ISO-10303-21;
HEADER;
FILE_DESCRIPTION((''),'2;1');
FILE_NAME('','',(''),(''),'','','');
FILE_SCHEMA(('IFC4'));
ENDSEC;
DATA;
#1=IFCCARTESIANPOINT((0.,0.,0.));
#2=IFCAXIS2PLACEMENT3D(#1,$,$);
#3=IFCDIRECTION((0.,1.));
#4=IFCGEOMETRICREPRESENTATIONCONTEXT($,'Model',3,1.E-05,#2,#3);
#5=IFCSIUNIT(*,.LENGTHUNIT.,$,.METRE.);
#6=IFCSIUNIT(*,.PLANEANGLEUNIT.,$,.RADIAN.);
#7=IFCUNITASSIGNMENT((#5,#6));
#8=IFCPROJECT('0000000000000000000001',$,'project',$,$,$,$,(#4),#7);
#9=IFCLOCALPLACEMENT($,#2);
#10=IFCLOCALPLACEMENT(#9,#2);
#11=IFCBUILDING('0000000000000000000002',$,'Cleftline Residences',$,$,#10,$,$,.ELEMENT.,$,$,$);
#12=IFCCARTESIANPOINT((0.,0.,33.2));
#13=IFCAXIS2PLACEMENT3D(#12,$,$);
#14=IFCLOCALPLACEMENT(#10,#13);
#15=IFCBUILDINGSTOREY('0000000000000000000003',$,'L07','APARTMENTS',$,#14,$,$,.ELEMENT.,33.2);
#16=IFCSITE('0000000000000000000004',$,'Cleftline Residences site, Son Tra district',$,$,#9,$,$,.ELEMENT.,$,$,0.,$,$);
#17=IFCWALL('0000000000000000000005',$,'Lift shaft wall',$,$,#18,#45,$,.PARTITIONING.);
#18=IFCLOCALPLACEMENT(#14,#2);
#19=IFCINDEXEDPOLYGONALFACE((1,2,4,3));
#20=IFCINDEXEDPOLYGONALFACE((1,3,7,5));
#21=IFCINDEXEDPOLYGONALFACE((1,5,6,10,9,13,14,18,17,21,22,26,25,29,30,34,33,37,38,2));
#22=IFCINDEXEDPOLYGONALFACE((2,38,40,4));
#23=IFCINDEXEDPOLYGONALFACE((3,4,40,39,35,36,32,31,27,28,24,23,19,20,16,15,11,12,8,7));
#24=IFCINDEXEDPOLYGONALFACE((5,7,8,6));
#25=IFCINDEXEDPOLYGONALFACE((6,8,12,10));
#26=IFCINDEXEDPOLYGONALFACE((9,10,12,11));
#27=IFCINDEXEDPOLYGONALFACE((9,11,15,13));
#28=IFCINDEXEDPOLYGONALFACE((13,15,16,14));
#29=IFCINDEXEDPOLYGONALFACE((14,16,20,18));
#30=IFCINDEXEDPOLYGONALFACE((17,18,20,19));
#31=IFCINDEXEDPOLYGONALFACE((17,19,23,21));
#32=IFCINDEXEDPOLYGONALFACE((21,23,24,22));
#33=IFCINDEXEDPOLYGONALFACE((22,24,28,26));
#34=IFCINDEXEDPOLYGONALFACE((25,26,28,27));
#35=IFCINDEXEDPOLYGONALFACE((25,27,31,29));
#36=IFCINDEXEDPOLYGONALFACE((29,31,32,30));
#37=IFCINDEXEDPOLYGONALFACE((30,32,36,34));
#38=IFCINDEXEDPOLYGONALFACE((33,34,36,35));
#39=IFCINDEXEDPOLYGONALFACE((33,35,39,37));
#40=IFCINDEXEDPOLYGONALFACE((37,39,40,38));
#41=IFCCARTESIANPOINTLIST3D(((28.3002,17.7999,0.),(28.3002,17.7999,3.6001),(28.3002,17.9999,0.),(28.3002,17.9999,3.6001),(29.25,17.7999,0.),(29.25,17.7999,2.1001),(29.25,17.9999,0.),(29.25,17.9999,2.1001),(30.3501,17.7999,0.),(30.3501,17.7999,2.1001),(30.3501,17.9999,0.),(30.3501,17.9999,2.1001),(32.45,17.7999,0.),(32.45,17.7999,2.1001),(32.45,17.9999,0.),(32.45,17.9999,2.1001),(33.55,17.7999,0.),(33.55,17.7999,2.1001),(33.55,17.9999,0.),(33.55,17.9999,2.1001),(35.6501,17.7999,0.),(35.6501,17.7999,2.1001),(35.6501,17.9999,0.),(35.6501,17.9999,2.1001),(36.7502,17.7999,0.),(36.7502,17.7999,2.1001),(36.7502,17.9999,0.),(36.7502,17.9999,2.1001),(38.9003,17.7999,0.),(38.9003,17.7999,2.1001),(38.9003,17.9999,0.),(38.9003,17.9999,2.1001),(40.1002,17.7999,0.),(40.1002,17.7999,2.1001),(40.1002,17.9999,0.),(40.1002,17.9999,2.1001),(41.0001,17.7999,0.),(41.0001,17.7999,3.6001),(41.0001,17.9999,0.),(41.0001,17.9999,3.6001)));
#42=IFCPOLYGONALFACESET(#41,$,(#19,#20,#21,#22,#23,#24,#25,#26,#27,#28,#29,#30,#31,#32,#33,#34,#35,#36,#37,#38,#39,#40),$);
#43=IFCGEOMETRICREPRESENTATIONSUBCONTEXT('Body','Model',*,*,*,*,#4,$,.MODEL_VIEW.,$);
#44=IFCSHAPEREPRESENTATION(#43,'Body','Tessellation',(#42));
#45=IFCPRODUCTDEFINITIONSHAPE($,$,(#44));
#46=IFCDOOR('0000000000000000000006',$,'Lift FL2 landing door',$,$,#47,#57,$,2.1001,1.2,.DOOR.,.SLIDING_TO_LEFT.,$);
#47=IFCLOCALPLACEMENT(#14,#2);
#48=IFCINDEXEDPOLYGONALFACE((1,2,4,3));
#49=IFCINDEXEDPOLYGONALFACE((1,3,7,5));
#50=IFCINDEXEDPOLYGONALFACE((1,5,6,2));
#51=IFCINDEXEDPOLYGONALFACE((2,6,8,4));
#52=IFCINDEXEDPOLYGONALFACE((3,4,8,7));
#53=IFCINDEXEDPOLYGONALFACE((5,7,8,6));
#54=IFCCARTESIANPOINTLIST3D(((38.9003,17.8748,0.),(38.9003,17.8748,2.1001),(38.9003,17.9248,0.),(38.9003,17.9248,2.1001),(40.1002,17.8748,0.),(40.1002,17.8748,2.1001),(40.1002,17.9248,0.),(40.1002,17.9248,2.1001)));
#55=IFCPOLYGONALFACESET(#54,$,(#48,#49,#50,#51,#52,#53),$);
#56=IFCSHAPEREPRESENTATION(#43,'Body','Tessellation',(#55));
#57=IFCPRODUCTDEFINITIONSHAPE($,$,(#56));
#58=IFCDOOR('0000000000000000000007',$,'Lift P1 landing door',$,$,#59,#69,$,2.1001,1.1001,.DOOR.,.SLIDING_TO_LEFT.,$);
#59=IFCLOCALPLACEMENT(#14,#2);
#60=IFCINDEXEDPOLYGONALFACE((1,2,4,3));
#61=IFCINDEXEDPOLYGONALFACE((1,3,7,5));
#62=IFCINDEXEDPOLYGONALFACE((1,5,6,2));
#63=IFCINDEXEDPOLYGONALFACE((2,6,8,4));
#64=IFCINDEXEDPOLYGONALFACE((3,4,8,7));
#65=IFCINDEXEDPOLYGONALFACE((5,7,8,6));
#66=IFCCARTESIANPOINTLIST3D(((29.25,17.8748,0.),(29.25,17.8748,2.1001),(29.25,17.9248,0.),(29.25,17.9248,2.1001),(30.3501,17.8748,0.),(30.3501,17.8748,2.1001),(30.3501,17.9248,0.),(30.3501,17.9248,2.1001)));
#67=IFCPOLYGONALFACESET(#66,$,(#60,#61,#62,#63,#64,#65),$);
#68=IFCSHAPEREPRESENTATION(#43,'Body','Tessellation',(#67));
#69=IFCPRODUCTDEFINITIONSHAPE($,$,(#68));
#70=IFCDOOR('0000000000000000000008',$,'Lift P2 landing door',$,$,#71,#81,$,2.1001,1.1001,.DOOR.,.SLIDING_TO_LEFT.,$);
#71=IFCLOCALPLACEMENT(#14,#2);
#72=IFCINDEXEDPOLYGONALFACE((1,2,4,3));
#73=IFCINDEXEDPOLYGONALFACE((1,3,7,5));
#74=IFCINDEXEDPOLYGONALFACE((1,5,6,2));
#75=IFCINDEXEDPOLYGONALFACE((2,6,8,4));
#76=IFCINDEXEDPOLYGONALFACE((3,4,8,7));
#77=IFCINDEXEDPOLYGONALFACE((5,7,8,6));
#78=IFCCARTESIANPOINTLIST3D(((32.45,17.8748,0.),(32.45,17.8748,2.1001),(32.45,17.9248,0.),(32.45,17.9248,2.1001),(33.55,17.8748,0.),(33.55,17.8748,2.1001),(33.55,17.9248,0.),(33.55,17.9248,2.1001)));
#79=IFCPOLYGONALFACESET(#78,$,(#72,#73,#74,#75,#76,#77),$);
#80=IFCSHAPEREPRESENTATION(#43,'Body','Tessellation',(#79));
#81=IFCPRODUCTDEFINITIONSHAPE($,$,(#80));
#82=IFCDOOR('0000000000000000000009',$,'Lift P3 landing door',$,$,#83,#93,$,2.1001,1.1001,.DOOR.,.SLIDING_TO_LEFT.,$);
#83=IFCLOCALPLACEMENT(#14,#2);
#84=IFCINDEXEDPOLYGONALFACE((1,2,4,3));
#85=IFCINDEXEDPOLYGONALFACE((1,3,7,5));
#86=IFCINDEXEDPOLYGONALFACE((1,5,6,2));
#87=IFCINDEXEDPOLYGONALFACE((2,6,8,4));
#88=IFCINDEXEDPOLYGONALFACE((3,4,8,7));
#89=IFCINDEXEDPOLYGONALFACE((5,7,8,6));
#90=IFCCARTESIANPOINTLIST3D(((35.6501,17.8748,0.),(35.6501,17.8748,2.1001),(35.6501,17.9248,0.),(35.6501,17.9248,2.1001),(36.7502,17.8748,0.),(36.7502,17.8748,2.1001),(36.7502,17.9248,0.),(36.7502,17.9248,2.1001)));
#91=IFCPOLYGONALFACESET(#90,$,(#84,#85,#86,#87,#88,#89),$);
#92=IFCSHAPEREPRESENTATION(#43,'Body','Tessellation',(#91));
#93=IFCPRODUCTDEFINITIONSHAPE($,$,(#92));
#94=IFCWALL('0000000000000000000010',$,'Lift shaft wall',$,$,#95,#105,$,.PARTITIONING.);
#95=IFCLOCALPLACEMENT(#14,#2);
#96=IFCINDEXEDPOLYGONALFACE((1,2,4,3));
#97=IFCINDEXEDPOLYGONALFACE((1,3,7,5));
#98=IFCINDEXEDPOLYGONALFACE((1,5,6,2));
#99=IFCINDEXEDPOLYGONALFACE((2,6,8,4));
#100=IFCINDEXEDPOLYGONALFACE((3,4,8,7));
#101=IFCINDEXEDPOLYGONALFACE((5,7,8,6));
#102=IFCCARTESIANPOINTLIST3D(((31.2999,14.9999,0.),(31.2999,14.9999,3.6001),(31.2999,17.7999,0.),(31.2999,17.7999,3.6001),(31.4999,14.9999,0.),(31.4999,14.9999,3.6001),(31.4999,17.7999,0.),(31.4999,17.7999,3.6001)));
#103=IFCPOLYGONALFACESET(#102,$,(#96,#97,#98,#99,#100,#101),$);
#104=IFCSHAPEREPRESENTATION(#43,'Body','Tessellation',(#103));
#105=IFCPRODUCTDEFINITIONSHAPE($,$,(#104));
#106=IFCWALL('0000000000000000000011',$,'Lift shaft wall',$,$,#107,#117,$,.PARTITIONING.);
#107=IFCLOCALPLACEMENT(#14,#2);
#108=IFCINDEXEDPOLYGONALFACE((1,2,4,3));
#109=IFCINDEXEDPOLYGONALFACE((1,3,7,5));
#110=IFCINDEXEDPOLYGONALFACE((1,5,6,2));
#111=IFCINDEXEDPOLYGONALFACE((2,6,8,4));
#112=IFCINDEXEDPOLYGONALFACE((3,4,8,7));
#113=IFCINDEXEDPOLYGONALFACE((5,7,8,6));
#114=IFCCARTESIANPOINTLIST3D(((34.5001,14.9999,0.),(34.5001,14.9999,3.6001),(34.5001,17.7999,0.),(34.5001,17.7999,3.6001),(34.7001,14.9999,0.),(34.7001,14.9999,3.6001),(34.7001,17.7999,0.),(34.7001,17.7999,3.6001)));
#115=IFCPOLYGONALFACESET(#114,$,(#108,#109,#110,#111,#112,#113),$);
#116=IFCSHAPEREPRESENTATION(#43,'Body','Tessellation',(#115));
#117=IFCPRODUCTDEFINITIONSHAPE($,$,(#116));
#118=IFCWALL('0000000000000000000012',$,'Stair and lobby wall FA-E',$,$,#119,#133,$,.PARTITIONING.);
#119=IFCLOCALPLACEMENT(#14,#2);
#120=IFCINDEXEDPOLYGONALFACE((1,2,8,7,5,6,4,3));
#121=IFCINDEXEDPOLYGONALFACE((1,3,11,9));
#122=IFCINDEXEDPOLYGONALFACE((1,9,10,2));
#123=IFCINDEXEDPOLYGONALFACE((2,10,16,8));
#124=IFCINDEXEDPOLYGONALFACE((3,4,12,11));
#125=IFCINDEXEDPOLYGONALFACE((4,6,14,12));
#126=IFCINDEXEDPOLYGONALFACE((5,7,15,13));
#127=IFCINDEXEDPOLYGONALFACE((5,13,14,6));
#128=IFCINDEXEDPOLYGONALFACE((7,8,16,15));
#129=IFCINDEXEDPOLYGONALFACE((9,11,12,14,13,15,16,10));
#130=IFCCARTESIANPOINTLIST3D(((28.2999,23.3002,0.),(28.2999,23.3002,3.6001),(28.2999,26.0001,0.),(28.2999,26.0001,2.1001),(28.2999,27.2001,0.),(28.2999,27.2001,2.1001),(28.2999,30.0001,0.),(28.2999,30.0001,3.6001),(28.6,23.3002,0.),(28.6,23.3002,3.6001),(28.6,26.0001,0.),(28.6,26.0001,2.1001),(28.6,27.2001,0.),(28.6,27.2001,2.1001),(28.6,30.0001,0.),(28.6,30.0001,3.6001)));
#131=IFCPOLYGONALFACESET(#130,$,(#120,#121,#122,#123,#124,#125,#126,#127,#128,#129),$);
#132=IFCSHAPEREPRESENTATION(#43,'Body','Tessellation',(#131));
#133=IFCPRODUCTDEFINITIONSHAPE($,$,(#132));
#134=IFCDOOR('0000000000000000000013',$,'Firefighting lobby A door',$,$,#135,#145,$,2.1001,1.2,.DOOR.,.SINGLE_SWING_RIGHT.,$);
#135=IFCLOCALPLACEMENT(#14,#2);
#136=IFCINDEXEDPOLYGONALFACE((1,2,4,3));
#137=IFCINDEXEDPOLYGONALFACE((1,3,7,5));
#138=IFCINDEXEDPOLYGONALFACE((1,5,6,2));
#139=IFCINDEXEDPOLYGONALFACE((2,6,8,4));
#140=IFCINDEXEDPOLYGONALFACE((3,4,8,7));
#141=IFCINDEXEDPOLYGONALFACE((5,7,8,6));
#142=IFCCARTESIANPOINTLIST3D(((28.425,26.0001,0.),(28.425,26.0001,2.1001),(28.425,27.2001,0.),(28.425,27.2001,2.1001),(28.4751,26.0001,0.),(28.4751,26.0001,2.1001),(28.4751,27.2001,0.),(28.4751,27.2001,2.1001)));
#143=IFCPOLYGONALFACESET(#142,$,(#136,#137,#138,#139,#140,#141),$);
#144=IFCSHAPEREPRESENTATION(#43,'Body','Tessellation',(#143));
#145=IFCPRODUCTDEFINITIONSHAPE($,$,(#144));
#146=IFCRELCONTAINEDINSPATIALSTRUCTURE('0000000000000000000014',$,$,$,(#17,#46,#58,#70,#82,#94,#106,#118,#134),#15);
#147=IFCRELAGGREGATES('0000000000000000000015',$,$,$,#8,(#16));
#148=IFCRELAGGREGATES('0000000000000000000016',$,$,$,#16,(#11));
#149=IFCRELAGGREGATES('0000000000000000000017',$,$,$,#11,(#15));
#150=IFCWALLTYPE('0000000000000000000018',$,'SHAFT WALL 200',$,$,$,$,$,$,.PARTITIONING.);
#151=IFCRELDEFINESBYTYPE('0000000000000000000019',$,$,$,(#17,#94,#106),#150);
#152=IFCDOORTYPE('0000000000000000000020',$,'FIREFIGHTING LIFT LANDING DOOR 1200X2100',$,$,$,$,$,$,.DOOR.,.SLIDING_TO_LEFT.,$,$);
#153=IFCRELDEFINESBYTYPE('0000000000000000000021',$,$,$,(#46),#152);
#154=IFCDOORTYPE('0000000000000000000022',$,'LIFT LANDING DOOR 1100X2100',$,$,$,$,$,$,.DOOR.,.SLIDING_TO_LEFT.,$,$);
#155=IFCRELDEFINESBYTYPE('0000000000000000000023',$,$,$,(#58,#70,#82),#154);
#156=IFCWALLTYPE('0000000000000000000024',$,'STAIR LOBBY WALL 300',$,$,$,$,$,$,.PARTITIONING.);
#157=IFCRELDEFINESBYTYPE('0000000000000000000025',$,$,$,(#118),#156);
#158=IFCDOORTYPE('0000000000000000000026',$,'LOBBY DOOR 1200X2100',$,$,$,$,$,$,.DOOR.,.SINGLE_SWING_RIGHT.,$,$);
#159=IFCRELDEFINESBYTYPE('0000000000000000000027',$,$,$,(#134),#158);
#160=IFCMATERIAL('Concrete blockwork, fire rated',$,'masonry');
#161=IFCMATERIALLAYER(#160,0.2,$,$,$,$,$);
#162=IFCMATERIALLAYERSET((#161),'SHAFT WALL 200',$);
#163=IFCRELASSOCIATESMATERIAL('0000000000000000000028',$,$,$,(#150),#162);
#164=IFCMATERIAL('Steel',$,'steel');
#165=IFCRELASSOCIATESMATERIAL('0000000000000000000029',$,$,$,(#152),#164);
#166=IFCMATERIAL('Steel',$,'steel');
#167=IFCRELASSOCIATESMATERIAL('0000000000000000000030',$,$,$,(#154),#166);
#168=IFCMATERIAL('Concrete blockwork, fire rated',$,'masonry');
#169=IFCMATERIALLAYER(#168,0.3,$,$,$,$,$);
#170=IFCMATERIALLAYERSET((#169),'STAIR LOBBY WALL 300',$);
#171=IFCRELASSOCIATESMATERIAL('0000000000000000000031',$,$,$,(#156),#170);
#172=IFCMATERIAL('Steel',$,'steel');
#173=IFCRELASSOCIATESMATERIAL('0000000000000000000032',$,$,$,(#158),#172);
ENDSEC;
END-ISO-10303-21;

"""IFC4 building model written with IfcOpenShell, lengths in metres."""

from ifc_helpers import new_model, si_unit, direction, frame, frame_2d, origin, place, context, subcontext, project, spatial, rectangle, extrude, material, layer, layer_set, type_object, element, fill, save


model = new_model("IFC4")

# Units and contexts
model_context = context("Model", 3, precision=1e-05, world=origin(), true_north=direction((0.0, 1.0)))
body_context = subcontext(model_context, "Body", "Model", "MODEL_VIEW")
ifc_project = project(units=[si_unit("LENGTHUNIT", "METRE"), si_unit("PLANEANGLEUNIT", "RADIAN")], contexts=[model_context])

# Site, building, storey
site_placement = place(None, origin())
site = spatial("IfcSite", under=ifc_project, at=site_placement, Name="Cleftline Residences site, Son Tra district", CompositionType="ELEMENT", RefElevation=0.0)
building_placement = place(site_placement, origin())
building = spatial("IfcBuilding", under=site, at=building_placement, Name="Cleftline Residences", CompositionType="ELEMENT")
storey_placement = place(building_placement, frame((0.0, 0.0, 33.2)))
storey = spatial("IfcBuildingStorey", under=building, at=storey_placement, Name="L07", Description="APARTMENTS", CompositionType="ELEMENT", Elevation=33.2)

# Wall, openings, doors
ifc_material_1 = material(Name="Concrete blockwork, fire rated", Category="masonry")
ifc_layer_1 = layer(ifc_material_1, 0.2)
ifc_layer_set_1 = layer_set([ifc_layer_1], Name="SHAFT WALL 200")
wall_type_1 = type_object("IfcWallType", Name="SHAFT WALL 200", PredefinedType="PARTITIONING", material=ifc_layer_set_1)
wall_1_placement = place(storey_placement, frame((28.3, 17.8999, 0.0), z_axis=(0.0, 0.0, 1.0), x_axis=(1.0, 0.0, 0.0)))
wall_1 = element("IfcWall", 1, at=wall_1_placement, inside=storey, type_object=wall_type_1, Name="Lift shaft wall", PredefinedType="PARTITIONING", context=body_context, shape_type="SweptSolid", body=[
    extrude(rectangle(XDim=12.7, YDim=0.2, at=frame_2d((6.3501, 0.0))), origin(), (0.0, 0.0, 1.0), 3.6001),
])
opening_1_placement = place(wall_1_placement, frame((0.95, 0.0, 0.0)))
opening_1 = element("IfcOpeningElement", 2, at=opening_1_placement, cuts=wall_1, PredefinedType="OPENING", context=body_context, shape_type="SweptSolid", body=[
    extrude(rectangle(XDim=1.1001, YDim=2.1001, at=frame_2d((0.55, 1.05))), frame((0.0, 0.1099, 0.0), z_axis=(0.0, -1.0, 0.0), x_axis=(1.0, 0.0, 0.0)), (0.0, 0.0, 1.0), 0.22),
])
opening_2_placement = place(wall_1_placement, frame((4.1499, 0.0, 0.0)))
opening_2 = element("IfcOpeningElement", 3, at=opening_2_placement, cuts=wall_1, PredefinedType="OPENING", context=body_context, shape_type="SweptSolid", body=[
    extrude(rectangle(XDim=1.1001, YDim=2.1001, at=frame_2d((0.55, 1.05))), frame((0.0, 0.1099, 0.0), z_axis=(0.0, -1.0, 0.0), x_axis=(1.0, 0.0, 0.0)), (0.0, 0.0, 1.0), 0.22),
])
opening_3_placement = place(wall_1_placement, frame((7.3501, 0.0, 0.0)))
opening_3 = element("IfcOpeningElement", 4, at=opening_3_placement, cuts=wall_1, PredefinedType="OPENING", context=body_context, shape_type="SweptSolid", body=[
    extrude(rectangle(XDim=1.1001, YDim=2.1001, at=frame_2d((0.55, 1.05))), frame((0.0, 0.1099, 0.0), z_axis=(0.0, -1.0, 0.0), x_axis=(1.0, 0.0, 0.0)), (0.0, 0.0, 1.0), 0.22),
])
opening_4_placement = place(wall_1_placement, frame((10.6001, 0.0, 0.0)))
opening_4 = element("IfcOpeningElement", 5, at=opening_4_placement, cuts=wall_1, PredefinedType="OPENING", context=body_context, shape_type="SweptSolid", body=[
    extrude(rectangle(XDim=1.2, YDim=2.1001, at=frame_2d((0.6001, 1.05))), frame((0.0, 0.1099, 0.0), z_axis=(0.0, -1.0, 0.0), x_axis=(1.0, 0.0, 0.0)), (0.0, 0.0, 1.0), 0.22),
])
ifc_material_2 = material(Name="Steel", Category="steel")
door_type_1 = type_object("IfcDoorType", Name="FIREFIGHTING LIFT LANDING DOOR 1200X2100", OperationType="SLIDING_TO_LEFT", PredefinedType="DOOR", material=ifc_material_2)
door_1_placement = place(opening_4_placement, origin())
door_1 = element("IfcDoor", 6, at=door_1_placement, inside=storey, type_object=door_type_1, Name="Lift FL2 landing door", OperationType="SLIDING_TO_LEFT", OverallHeight=2.1001, OverallWidth=1.2, PredefinedType="DOOR", context=body_context, shape_type="SweptSolid", body=[
    extrude(rectangle(XDim=1.2, YDim=2.1001, at=frame_2d((0.6001, 1.05))), frame((0.0, 0.0249, 0.0), z_axis=(0.0, -1.0, 0.0), x_axis=(1.0, 0.0, 0.0)), (0.0, 0.0, 1.0), 0.05),
])
fill(opening_4, door_1)
ifc_material_3 = material(Name="Steel", Category="steel")
door_type_2 = type_object("IfcDoorType", Name="LIFT LANDING DOOR 1100X2100", OperationType="SLIDING_TO_LEFT", PredefinedType="DOOR", material=ifc_material_3)
door_2_placement = place(opening_1_placement, origin())
door_2 = element("IfcDoor", 7, at=door_2_placement, inside=storey, type_object=door_type_2, Name="Lift P1 landing door", OperationType="SLIDING_TO_LEFT", OverallHeight=2.1001, OverallWidth=1.1001, PredefinedType="DOOR", context=body_context, shape_type="SweptSolid", body=[
    extrude(rectangle(XDim=1.1001, YDim=2.1001, at=frame_2d((0.55, 1.05))), frame((0.0, 0.0249, 0.0), z_axis=(0.0, -1.0, 0.0), x_axis=(1.0, 0.0, 0.0)), (0.0, 0.0, 1.0), 0.05),
])
fill(opening_1, door_2)
door_3_placement = place(opening_2_placement, origin())
door_3 = element("IfcDoor", 8, at=door_3_placement, inside=storey, type_object=door_type_2, Name="Lift P2 landing door", OperationType="SLIDING_TO_LEFT", OverallHeight=2.1001, OverallWidth=1.1001, PredefinedType="DOOR", context=body_context, shape_type="SweptSolid", body=[
    extrude(rectangle(XDim=1.1001, YDim=2.1001, at=frame_2d((0.55, 1.05))), frame((0.0, 0.0249, 0.0), z_axis=(0.0, -1.0, 0.0), x_axis=(1.0, 0.0, 0.0)), (0.0, 0.0, 1.0), 0.05),
])
fill(opening_2, door_3)
door_4_placement = place(opening_3_placement, origin())
door_4 = element("IfcDoor", 9, at=door_4_placement, inside=storey, type_object=door_type_2, Name="Lift P3 landing door", OperationType="SLIDING_TO_LEFT", OverallHeight=2.1001, OverallWidth=1.1001, PredefinedType="DOOR", context=body_context, shape_type="SweptSolid", body=[
    extrude(rectangle(XDim=1.1001, YDim=2.1001, at=frame_2d((0.55, 1.05))), frame((0.0, 0.0249, 0.0), z_axis=(0.0, -1.0, 0.0), x_axis=(1.0, 0.0, 0.0)), (0.0, 0.0, 1.0), 0.05),
])
fill(opening_3, door_4)

# Walls
for number, where, z_axis, x_axis, name in (
    (10, (31.3999, 15.0, 0.0), (0.0, 0.0, 1.0), (0.0, 1.0, 0.0), "Lift shaft wall"),
    (11, (34.6001, 15.0, 0.0), (0.0, 0.0, 1.0), (0.0, 1.0, 0.0), "Lift shaft wall"),
):
    element("IfcWall", number, at=place(storey_placement, frame(where, z_axis=z_axis, x_axis=x_axis)), inside=storey, type_object=wall_type_1, Name=name, PredefinedType="PARTITIONING", context=body_context, shape_type="SweptSolid", body=[
        extrude(rectangle(XDim=2.8, YDim=0.2, at=frame_2d((1.3999, 0.0))), origin(), (0.0, 0.0, 1.0), 3.6001),
    ])

# Wall, opening, door
ifc_material_4 = material(Name="Concrete blockwork, fire rated", Category="masonry")
ifc_layer_2 = layer(ifc_material_4, 0.3)
ifc_layer_set_2 = layer_set([ifc_layer_2], Name="STAIR LOBBY WALL 300")
wall_type_2 = type_object("IfcWallType", Name="STAIR LOBBY WALL 300", PredefinedType="PARTITIONING", material=ifc_layer_set_2)
wall_2_placement = place(storey_placement, frame((28.45, 23.3, 0.0), z_axis=(0.0, 0.0, 1.0), x_axis=(0.0, 1.0, 0.0)))
wall_2 = element("IfcWall", 12, at=wall_2_placement, inside=storey, type_object=wall_type_2, Name="Stair and lobby wall FA-E", PredefinedType="PARTITIONING", context=body_context, shape_type="SweptSolid", body=[
    extrude(rectangle(XDim=6.7, YDim=0.3, at=frame_2d((3.3501, 0.0))), origin(), (0.0, 0.0, 1.0), 3.6001),
])
opening_5_placement = place(wall_2_placement, frame((2.7, 0.0, 0.0)))
opening_5 = element("IfcOpeningElement", 13, at=opening_5_placement, cuts=wall_2, PredefinedType="OPENING", context=body_context, shape_type="SweptSolid", body=[
    extrude(rectangle(XDim=1.2, YDim=2.1001, at=frame_2d((0.6001, 1.05))), frame((0.0, 0.1599, 0.0), z_axis=(0.0, -1.0, 0.0), x_axis=(1.0, 0.0, 0.0)), (0.0, 0.0, 1.0), 0.3201),
])
ifc_material_5 = material(Name="Steel", Category="steel")
door_type_3 = type_object("IfcDoorType", Name="LOBBY DOOR 1200X2100", OperationType="SINGLE_SWING_RIGHT", PredefinedType="DOOR", material=ifc_material_5)
door_5_placement = place(opening_5_placement, origin())
door_5 = element("IfcDoor", 14, at=door_5_placement, inside=storey, type_object=door_type_3, Name="Firefighting lobby A door", OperationType="SINGLE_SWING_RIGHT", OverallHeight=2.1001, OverallWidth=1.2, PredefinedType="DOOR", context=body_context, shape_type="SweptSolid", body=[
    extrude(rectangle(XDim=1.2, YDim=2.1001, at=frame_2d((0.6001, 1.05))), frame((0.0, 0.0249, 0.0), z_axis=(0.0, -1.0, 0.0), x_axis=(1.0, 0.0, 0.0)), (0.0, 0.0, 1.0), 0.05),
])
fill(opening_5, door_5)

save(model, "model.ifc")
